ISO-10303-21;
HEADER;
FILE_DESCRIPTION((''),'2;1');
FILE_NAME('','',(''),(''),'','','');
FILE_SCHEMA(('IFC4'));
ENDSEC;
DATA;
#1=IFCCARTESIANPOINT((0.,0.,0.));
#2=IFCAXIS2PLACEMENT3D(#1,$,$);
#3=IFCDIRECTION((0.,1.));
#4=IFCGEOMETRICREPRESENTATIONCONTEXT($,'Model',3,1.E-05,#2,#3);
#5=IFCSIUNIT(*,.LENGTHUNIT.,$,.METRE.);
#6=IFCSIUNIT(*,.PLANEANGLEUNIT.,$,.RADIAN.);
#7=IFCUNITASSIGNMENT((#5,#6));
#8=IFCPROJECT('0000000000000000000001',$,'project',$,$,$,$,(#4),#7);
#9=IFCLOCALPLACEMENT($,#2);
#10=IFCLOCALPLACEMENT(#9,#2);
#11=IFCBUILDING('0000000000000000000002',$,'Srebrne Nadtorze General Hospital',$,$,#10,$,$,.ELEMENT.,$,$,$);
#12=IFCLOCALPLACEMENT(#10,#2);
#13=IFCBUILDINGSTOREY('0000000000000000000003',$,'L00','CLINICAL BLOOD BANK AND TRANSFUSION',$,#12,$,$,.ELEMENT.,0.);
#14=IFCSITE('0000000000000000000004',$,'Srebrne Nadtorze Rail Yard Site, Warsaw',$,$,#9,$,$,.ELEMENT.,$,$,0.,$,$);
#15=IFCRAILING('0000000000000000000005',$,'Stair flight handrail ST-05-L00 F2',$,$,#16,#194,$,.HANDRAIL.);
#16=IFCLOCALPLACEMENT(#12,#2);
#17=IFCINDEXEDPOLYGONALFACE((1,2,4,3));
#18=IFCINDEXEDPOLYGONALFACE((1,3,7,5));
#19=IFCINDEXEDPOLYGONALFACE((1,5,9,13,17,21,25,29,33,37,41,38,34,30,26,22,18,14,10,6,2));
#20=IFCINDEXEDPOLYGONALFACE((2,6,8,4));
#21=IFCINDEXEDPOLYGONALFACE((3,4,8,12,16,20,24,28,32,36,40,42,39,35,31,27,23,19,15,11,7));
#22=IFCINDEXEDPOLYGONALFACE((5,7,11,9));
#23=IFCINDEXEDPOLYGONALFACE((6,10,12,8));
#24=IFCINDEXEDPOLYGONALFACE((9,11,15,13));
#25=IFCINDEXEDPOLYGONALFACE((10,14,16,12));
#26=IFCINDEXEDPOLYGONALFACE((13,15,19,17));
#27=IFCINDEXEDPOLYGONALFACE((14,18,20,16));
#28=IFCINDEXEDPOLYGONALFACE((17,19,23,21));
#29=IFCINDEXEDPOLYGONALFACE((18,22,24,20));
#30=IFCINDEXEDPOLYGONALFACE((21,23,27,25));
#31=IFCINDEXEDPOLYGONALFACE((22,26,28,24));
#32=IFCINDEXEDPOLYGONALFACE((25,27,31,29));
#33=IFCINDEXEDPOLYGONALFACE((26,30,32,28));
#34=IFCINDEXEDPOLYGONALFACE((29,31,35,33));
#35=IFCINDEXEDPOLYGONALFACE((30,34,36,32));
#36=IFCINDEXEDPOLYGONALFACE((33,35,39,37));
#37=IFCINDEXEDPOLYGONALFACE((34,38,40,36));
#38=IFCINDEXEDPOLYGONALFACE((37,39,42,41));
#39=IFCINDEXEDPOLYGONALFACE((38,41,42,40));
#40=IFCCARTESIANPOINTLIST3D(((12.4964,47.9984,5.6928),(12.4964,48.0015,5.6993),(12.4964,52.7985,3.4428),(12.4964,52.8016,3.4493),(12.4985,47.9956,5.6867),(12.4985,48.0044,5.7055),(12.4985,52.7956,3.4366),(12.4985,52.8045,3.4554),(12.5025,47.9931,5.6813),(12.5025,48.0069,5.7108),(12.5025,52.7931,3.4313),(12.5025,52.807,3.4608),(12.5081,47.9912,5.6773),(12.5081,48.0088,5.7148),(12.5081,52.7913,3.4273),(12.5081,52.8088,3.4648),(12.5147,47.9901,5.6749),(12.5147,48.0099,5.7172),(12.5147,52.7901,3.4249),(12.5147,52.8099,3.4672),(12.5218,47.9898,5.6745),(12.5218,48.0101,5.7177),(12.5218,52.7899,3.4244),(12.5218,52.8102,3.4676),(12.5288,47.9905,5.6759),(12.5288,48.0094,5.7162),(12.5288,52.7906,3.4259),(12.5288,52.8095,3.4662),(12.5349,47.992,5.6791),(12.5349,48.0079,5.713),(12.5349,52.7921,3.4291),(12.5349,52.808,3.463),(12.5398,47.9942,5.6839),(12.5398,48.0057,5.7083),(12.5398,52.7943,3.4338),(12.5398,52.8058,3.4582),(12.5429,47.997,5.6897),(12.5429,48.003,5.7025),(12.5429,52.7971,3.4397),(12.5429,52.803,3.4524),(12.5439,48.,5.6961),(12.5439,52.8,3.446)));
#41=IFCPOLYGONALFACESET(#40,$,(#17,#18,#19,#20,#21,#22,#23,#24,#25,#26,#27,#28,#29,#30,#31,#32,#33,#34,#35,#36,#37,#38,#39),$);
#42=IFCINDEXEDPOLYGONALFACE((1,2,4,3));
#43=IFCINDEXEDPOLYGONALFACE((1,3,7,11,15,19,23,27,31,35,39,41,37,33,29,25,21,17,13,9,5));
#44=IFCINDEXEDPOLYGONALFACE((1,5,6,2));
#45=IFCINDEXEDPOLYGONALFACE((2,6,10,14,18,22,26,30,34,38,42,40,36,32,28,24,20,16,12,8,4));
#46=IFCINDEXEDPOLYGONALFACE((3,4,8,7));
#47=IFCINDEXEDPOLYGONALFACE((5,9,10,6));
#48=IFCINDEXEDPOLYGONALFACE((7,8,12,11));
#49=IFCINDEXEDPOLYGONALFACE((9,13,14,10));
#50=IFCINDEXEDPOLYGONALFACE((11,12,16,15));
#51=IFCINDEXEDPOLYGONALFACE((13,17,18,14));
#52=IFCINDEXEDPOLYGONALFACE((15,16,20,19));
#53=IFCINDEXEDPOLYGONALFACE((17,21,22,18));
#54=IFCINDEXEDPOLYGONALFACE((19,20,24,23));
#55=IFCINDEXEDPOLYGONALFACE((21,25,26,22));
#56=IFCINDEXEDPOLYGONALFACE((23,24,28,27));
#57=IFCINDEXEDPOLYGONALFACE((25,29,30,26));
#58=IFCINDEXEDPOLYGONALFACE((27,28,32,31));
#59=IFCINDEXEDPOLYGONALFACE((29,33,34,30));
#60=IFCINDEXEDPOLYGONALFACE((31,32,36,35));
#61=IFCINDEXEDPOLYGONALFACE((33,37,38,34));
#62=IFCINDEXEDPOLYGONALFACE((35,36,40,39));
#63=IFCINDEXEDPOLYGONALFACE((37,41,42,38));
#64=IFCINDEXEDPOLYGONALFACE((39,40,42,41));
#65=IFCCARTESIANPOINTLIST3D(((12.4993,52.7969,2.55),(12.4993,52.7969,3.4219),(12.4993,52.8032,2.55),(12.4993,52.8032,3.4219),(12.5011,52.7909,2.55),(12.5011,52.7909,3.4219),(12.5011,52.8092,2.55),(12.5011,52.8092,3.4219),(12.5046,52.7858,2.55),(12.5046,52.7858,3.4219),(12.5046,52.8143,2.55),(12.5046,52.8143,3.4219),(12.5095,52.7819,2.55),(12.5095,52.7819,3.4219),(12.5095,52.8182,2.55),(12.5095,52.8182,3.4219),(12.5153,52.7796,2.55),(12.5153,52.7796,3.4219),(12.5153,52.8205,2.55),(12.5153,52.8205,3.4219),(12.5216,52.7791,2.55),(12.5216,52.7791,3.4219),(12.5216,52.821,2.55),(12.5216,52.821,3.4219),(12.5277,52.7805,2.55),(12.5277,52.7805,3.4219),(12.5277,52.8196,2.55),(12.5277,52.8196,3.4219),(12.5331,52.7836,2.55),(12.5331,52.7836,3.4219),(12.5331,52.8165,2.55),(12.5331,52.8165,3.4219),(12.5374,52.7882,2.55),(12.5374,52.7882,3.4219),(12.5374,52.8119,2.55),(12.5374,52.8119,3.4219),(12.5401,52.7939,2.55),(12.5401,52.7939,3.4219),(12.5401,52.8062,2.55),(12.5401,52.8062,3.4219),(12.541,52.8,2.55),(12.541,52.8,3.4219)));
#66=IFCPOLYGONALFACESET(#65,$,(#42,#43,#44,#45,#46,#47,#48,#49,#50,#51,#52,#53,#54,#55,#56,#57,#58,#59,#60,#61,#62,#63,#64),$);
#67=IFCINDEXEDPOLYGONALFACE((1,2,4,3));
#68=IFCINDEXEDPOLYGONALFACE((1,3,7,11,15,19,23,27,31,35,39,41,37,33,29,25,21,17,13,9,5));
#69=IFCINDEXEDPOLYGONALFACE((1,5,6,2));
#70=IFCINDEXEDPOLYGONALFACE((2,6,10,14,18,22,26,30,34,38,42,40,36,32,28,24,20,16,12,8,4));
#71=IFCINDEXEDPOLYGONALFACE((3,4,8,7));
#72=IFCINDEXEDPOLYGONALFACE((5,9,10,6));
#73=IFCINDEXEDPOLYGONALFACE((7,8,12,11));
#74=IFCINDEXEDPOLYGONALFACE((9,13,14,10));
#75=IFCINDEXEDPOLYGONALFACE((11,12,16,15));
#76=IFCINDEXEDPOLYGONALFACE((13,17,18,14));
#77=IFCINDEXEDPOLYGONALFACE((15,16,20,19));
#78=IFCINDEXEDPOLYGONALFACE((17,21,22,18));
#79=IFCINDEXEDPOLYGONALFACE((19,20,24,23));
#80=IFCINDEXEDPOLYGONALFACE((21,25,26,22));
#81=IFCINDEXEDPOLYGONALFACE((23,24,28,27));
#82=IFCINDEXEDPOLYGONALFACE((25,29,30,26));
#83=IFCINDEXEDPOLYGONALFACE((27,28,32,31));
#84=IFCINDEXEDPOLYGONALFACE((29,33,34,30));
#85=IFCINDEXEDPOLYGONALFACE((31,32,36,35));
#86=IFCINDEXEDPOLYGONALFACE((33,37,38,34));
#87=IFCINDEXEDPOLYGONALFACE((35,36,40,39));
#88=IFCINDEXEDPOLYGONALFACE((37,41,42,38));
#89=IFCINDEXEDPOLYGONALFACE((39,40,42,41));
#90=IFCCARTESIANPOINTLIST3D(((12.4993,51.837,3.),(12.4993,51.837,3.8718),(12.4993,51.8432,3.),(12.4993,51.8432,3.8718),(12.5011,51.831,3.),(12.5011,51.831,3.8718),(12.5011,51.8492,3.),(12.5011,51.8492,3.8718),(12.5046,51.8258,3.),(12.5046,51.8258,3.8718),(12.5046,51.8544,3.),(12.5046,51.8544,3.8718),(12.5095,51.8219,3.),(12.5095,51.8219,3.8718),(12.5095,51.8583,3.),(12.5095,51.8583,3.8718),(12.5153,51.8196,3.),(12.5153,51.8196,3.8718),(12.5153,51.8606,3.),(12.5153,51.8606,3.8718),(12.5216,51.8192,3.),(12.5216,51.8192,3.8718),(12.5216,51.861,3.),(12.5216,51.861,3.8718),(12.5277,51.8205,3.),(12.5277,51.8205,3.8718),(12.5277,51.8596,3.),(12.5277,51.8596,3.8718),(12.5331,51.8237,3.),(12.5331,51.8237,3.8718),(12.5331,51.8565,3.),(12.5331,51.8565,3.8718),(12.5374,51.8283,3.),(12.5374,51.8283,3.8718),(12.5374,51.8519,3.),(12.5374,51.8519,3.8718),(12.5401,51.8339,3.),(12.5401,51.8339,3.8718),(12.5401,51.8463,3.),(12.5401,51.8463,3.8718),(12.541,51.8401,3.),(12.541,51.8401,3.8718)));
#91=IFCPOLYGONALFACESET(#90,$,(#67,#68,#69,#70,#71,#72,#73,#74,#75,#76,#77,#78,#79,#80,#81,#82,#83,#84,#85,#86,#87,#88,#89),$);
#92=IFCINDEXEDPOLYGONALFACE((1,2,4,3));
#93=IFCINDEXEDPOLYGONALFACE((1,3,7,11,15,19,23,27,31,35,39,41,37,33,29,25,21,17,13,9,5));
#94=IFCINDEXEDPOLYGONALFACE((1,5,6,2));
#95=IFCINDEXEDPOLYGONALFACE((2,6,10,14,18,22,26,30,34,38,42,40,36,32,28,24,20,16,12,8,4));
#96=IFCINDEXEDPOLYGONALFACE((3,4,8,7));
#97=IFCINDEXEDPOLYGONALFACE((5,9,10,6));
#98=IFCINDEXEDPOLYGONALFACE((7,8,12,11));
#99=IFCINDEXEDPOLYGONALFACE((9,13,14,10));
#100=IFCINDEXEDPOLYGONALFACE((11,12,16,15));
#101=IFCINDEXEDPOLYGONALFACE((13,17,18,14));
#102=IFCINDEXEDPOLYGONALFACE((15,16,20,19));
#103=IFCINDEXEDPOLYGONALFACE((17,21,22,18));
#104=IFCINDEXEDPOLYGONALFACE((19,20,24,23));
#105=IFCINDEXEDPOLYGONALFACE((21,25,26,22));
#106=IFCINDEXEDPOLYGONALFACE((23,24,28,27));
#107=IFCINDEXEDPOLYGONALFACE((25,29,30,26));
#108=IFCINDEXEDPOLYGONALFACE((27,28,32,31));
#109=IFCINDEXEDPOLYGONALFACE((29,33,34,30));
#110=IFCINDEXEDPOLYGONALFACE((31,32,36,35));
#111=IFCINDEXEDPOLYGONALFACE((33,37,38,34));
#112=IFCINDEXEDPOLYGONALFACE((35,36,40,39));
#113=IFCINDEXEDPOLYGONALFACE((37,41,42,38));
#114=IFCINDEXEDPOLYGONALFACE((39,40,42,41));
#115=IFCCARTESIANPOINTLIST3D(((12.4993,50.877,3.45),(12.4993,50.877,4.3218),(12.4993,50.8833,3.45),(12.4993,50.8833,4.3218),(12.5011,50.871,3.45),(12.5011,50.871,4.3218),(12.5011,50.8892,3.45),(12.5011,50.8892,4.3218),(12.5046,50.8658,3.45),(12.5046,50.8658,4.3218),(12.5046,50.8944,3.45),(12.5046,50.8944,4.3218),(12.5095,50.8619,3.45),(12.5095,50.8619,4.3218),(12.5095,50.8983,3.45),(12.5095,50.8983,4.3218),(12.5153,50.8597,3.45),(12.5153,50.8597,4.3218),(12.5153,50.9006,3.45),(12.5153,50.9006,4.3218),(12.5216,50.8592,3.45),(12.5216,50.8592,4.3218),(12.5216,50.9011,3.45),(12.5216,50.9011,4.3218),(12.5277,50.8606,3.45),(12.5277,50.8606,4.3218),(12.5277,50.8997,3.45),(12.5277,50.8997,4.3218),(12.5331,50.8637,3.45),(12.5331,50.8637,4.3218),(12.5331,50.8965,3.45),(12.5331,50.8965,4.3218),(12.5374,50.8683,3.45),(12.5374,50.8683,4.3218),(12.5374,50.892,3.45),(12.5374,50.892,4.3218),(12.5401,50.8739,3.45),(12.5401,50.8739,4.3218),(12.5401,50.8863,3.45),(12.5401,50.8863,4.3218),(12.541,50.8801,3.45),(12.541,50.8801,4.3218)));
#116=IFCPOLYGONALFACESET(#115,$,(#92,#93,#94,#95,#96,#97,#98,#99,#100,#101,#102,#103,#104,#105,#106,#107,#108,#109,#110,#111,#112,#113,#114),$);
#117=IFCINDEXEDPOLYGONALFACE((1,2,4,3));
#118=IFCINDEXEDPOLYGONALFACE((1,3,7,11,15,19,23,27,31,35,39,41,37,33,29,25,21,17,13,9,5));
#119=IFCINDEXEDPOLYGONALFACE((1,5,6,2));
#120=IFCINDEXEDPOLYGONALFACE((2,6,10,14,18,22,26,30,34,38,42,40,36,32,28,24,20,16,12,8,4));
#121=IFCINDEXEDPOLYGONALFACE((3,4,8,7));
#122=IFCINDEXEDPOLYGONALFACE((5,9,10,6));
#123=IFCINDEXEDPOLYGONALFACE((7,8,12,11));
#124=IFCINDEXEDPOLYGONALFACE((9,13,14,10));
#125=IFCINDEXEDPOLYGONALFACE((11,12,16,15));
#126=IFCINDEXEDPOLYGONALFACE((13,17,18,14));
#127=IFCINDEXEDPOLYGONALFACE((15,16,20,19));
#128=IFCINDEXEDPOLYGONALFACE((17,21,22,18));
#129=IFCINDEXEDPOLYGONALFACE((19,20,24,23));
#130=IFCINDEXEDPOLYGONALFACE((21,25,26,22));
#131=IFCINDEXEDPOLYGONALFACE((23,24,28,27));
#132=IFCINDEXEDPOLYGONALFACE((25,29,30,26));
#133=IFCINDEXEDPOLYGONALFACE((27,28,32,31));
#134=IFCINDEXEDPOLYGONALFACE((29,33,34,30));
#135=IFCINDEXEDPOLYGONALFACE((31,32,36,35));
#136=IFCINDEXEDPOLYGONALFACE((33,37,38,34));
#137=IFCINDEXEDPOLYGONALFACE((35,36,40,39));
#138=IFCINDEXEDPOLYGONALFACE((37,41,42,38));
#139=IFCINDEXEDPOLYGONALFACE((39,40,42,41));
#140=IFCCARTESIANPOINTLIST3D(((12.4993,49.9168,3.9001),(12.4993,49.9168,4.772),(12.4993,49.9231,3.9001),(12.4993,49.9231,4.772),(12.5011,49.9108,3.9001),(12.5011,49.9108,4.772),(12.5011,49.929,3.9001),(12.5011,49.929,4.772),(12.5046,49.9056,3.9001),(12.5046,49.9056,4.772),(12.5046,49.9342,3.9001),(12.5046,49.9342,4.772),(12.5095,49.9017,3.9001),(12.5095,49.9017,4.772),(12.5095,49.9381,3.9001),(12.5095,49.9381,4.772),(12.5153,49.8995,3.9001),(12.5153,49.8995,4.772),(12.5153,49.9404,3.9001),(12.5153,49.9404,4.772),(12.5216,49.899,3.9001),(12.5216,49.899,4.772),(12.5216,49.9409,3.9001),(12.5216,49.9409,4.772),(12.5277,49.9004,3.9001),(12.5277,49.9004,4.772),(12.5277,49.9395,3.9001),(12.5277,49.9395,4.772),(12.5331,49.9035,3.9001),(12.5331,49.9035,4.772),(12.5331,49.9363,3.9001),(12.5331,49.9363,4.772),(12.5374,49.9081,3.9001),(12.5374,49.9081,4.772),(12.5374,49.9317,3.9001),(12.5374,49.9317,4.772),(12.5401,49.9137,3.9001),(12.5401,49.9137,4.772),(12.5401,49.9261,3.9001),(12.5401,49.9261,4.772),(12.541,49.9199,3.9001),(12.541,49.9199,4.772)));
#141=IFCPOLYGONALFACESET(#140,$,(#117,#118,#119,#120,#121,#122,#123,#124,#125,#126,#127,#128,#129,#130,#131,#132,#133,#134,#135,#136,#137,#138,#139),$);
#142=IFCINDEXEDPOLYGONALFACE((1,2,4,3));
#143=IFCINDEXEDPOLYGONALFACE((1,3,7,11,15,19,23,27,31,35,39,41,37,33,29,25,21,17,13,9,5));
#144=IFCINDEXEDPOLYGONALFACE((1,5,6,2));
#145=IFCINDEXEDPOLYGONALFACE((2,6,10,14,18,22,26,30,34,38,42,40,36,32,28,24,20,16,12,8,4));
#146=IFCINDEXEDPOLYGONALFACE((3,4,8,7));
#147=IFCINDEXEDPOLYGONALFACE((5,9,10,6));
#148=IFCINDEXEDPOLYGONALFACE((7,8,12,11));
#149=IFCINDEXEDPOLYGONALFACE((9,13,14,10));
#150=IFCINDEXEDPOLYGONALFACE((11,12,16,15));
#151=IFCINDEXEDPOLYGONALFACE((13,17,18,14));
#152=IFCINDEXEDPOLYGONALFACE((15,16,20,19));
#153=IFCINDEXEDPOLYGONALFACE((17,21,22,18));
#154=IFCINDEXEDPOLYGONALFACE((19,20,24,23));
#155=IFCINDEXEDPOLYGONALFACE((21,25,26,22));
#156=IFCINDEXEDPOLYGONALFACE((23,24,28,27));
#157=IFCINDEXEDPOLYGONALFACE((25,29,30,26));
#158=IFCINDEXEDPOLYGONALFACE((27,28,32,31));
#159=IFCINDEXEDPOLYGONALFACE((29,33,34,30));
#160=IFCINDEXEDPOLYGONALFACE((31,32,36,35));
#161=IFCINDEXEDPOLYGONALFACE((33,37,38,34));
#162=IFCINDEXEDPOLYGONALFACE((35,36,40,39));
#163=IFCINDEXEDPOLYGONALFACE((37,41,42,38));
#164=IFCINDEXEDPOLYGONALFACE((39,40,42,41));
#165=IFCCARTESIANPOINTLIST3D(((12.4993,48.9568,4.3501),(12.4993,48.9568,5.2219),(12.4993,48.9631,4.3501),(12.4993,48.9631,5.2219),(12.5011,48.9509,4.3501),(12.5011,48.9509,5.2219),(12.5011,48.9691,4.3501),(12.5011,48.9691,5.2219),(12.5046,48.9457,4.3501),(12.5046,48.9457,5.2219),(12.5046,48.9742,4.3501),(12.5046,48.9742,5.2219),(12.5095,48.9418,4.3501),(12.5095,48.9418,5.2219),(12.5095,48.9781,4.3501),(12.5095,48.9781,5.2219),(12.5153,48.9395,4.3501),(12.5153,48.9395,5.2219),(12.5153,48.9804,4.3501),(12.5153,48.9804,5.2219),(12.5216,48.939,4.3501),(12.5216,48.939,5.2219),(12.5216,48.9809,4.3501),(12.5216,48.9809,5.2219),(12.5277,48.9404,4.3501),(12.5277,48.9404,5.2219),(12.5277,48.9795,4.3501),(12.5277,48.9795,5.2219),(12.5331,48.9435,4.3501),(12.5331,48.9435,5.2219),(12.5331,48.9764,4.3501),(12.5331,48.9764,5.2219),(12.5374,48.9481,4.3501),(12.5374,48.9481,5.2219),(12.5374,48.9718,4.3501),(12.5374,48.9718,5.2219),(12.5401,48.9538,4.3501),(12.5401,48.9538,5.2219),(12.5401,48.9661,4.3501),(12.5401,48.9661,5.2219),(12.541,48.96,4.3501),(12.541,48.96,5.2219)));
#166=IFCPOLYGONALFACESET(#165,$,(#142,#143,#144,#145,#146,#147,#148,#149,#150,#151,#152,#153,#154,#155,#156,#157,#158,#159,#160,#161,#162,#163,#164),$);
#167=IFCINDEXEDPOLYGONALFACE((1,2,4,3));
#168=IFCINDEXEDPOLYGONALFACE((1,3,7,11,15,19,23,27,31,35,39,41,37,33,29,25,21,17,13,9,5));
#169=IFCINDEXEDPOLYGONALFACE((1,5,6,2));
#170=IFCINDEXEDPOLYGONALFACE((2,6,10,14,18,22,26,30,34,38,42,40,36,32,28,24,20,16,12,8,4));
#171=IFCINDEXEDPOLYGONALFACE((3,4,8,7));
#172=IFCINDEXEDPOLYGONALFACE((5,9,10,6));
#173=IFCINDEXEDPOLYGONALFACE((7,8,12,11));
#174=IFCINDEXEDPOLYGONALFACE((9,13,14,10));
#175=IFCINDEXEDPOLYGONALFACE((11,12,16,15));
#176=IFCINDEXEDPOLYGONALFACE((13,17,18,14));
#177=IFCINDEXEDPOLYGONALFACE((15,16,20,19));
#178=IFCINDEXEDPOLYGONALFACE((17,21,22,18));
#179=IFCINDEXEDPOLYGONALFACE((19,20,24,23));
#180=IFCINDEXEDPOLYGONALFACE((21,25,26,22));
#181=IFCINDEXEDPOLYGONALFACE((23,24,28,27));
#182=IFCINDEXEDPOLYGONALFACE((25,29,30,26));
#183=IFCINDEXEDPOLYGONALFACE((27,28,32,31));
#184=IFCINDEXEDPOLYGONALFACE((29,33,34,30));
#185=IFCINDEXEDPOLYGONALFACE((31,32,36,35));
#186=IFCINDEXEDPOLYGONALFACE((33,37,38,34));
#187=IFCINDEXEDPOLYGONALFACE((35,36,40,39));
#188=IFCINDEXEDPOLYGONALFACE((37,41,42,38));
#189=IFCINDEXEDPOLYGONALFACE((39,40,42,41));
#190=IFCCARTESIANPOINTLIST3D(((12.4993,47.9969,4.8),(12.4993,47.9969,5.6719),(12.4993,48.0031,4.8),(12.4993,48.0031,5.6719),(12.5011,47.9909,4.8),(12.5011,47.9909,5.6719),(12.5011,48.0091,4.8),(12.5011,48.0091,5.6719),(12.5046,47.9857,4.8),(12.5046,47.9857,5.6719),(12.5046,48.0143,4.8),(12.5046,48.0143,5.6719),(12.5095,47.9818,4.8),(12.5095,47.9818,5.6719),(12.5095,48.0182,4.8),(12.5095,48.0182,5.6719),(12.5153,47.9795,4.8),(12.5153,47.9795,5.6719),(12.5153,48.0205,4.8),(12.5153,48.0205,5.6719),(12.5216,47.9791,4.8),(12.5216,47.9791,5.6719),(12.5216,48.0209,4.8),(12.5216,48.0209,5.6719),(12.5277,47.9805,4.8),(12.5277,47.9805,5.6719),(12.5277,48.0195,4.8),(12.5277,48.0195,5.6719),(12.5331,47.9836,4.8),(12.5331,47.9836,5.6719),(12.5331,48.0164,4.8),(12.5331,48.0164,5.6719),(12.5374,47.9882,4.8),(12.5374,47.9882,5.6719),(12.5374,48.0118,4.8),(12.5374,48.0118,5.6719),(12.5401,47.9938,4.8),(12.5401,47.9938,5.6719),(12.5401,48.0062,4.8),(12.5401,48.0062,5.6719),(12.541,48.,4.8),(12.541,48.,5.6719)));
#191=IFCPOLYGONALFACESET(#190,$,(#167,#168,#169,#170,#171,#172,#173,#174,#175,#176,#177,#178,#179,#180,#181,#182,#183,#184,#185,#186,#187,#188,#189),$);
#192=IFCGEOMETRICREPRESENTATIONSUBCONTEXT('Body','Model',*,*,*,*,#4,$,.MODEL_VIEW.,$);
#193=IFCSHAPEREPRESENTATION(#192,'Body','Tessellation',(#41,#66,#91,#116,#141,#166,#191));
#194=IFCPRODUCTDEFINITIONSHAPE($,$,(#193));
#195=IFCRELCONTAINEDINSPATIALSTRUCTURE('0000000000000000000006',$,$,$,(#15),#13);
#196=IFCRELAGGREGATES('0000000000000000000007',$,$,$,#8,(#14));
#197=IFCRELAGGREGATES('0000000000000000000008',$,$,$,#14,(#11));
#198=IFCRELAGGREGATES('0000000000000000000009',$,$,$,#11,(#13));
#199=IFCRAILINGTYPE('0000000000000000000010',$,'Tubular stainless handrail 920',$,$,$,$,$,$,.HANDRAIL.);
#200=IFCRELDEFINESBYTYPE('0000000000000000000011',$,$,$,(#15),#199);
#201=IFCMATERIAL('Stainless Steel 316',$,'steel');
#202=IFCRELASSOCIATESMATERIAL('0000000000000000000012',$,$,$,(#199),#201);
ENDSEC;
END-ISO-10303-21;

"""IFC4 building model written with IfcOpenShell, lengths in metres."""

from ifc_helpers import new_model, si_unit, direction, frame, origin, origin_2d, place, context, subcontext, project, spatial, circle, extrude, material, type_object, element, save


model = new_model("IFC4")

# Units and contexts
model_context = context("Model", 3, precision=1e-05, world=origin(), true_north=direction((0.0, 1.0)))
body_context = subcontext(model_context, "Body", "Model", "MODEL_VIEW")
ifc_project = project(units=[si_unit("LENGTHUNIT", "METRE"), si_unit("PLANEANGLEUNIT", "RADIAN")], contexts=[model_context])

# Site, building, storey
site_placement = place(None, origin())
site = spatial("IfcSite", under=ifc_project, at=site_placement, Name="Srebrne Nadtorze Rail Yard Site, Warsaw", CompositionType="ELEMENT", RefElevation=0.0)
building_placement = place(site_placement, origin())
building = spatial("IfcBuilding", under=site, at=building_placement, Name="Srebrne Nadtorze General Hospital", CompositionType="ELEMENT")
storey_placement = place(building_placement, origin())
storey = spatial("IfcBuildingStorey", under=building, at=storey_placement, Name="L00", Description="CLINICAL BLOOD BANK AND TRANSFUSION", CompositionType="ELEMENT", Elevation=0.0)

# Railing
ifc_material_1 = material(Name="Stainless Steel 316", Category="steel")
railing_type = type_object("IfcRailingType", Name="Tubular stainless handrail 920", PredefinedType="HANDRAIL", material=ifc_material_1)
railing_1_placement = place(storey_placement, frame((12.52, 52.8, 2.55)))
element("IfcRailing", 1, at=railing_1_placement, inside=storey, type_object=railing_type, Name="Stair flight handrail ST-05-L00 F2", PredefinedType="HANDRAIL", context=body_context, shape_type="SweptSolid", body=[
    extrude(circle(Radius=0.0239, at=origin_2d()), frame((0.0, 0.0, 0.896), z_axis=(0.0, -0.905461, 0.42443), x_axis=(1.0, 0.0, 0.0)), (0.0, 0.0, 1.0), 5.3013),
    extrude(circle(Radius=0.021, at=origin_2d()), origin(), (0.0, 0.0, 1.0), 0.8718),
    extrude(circle(Radius=0.021, at=origin_2d()), frame((0.0, -0.96, 0.45)), (0.0, 0.0, 1.0), 0.8718),
    extrude(circle(Radius=0.021, at=origin_2d()), frame((0.0, -1.9199, 0.8999)), (0.0, 0.0, 1.0), 0.8718),
    extrude(circle(Radius=0.021, at=origin_2d()), frame((0.0, -2.8801, 1.3501)), (0.0, 0.0, 1.0), 0.8718),
    extrude(circle(Radius=0.021, at=origin_2d()), frame((0.0, -3.8401, 1.8)), (0.0, 0.0, 1.0), 0.8718),
    extrude(circle(Radius=0.021, at=origin_2d()), frame((0.0, -4.8, 2.25)), (0.0, 0.0, 1.0), 0.8718),
])

save(model, "model.ifc")
